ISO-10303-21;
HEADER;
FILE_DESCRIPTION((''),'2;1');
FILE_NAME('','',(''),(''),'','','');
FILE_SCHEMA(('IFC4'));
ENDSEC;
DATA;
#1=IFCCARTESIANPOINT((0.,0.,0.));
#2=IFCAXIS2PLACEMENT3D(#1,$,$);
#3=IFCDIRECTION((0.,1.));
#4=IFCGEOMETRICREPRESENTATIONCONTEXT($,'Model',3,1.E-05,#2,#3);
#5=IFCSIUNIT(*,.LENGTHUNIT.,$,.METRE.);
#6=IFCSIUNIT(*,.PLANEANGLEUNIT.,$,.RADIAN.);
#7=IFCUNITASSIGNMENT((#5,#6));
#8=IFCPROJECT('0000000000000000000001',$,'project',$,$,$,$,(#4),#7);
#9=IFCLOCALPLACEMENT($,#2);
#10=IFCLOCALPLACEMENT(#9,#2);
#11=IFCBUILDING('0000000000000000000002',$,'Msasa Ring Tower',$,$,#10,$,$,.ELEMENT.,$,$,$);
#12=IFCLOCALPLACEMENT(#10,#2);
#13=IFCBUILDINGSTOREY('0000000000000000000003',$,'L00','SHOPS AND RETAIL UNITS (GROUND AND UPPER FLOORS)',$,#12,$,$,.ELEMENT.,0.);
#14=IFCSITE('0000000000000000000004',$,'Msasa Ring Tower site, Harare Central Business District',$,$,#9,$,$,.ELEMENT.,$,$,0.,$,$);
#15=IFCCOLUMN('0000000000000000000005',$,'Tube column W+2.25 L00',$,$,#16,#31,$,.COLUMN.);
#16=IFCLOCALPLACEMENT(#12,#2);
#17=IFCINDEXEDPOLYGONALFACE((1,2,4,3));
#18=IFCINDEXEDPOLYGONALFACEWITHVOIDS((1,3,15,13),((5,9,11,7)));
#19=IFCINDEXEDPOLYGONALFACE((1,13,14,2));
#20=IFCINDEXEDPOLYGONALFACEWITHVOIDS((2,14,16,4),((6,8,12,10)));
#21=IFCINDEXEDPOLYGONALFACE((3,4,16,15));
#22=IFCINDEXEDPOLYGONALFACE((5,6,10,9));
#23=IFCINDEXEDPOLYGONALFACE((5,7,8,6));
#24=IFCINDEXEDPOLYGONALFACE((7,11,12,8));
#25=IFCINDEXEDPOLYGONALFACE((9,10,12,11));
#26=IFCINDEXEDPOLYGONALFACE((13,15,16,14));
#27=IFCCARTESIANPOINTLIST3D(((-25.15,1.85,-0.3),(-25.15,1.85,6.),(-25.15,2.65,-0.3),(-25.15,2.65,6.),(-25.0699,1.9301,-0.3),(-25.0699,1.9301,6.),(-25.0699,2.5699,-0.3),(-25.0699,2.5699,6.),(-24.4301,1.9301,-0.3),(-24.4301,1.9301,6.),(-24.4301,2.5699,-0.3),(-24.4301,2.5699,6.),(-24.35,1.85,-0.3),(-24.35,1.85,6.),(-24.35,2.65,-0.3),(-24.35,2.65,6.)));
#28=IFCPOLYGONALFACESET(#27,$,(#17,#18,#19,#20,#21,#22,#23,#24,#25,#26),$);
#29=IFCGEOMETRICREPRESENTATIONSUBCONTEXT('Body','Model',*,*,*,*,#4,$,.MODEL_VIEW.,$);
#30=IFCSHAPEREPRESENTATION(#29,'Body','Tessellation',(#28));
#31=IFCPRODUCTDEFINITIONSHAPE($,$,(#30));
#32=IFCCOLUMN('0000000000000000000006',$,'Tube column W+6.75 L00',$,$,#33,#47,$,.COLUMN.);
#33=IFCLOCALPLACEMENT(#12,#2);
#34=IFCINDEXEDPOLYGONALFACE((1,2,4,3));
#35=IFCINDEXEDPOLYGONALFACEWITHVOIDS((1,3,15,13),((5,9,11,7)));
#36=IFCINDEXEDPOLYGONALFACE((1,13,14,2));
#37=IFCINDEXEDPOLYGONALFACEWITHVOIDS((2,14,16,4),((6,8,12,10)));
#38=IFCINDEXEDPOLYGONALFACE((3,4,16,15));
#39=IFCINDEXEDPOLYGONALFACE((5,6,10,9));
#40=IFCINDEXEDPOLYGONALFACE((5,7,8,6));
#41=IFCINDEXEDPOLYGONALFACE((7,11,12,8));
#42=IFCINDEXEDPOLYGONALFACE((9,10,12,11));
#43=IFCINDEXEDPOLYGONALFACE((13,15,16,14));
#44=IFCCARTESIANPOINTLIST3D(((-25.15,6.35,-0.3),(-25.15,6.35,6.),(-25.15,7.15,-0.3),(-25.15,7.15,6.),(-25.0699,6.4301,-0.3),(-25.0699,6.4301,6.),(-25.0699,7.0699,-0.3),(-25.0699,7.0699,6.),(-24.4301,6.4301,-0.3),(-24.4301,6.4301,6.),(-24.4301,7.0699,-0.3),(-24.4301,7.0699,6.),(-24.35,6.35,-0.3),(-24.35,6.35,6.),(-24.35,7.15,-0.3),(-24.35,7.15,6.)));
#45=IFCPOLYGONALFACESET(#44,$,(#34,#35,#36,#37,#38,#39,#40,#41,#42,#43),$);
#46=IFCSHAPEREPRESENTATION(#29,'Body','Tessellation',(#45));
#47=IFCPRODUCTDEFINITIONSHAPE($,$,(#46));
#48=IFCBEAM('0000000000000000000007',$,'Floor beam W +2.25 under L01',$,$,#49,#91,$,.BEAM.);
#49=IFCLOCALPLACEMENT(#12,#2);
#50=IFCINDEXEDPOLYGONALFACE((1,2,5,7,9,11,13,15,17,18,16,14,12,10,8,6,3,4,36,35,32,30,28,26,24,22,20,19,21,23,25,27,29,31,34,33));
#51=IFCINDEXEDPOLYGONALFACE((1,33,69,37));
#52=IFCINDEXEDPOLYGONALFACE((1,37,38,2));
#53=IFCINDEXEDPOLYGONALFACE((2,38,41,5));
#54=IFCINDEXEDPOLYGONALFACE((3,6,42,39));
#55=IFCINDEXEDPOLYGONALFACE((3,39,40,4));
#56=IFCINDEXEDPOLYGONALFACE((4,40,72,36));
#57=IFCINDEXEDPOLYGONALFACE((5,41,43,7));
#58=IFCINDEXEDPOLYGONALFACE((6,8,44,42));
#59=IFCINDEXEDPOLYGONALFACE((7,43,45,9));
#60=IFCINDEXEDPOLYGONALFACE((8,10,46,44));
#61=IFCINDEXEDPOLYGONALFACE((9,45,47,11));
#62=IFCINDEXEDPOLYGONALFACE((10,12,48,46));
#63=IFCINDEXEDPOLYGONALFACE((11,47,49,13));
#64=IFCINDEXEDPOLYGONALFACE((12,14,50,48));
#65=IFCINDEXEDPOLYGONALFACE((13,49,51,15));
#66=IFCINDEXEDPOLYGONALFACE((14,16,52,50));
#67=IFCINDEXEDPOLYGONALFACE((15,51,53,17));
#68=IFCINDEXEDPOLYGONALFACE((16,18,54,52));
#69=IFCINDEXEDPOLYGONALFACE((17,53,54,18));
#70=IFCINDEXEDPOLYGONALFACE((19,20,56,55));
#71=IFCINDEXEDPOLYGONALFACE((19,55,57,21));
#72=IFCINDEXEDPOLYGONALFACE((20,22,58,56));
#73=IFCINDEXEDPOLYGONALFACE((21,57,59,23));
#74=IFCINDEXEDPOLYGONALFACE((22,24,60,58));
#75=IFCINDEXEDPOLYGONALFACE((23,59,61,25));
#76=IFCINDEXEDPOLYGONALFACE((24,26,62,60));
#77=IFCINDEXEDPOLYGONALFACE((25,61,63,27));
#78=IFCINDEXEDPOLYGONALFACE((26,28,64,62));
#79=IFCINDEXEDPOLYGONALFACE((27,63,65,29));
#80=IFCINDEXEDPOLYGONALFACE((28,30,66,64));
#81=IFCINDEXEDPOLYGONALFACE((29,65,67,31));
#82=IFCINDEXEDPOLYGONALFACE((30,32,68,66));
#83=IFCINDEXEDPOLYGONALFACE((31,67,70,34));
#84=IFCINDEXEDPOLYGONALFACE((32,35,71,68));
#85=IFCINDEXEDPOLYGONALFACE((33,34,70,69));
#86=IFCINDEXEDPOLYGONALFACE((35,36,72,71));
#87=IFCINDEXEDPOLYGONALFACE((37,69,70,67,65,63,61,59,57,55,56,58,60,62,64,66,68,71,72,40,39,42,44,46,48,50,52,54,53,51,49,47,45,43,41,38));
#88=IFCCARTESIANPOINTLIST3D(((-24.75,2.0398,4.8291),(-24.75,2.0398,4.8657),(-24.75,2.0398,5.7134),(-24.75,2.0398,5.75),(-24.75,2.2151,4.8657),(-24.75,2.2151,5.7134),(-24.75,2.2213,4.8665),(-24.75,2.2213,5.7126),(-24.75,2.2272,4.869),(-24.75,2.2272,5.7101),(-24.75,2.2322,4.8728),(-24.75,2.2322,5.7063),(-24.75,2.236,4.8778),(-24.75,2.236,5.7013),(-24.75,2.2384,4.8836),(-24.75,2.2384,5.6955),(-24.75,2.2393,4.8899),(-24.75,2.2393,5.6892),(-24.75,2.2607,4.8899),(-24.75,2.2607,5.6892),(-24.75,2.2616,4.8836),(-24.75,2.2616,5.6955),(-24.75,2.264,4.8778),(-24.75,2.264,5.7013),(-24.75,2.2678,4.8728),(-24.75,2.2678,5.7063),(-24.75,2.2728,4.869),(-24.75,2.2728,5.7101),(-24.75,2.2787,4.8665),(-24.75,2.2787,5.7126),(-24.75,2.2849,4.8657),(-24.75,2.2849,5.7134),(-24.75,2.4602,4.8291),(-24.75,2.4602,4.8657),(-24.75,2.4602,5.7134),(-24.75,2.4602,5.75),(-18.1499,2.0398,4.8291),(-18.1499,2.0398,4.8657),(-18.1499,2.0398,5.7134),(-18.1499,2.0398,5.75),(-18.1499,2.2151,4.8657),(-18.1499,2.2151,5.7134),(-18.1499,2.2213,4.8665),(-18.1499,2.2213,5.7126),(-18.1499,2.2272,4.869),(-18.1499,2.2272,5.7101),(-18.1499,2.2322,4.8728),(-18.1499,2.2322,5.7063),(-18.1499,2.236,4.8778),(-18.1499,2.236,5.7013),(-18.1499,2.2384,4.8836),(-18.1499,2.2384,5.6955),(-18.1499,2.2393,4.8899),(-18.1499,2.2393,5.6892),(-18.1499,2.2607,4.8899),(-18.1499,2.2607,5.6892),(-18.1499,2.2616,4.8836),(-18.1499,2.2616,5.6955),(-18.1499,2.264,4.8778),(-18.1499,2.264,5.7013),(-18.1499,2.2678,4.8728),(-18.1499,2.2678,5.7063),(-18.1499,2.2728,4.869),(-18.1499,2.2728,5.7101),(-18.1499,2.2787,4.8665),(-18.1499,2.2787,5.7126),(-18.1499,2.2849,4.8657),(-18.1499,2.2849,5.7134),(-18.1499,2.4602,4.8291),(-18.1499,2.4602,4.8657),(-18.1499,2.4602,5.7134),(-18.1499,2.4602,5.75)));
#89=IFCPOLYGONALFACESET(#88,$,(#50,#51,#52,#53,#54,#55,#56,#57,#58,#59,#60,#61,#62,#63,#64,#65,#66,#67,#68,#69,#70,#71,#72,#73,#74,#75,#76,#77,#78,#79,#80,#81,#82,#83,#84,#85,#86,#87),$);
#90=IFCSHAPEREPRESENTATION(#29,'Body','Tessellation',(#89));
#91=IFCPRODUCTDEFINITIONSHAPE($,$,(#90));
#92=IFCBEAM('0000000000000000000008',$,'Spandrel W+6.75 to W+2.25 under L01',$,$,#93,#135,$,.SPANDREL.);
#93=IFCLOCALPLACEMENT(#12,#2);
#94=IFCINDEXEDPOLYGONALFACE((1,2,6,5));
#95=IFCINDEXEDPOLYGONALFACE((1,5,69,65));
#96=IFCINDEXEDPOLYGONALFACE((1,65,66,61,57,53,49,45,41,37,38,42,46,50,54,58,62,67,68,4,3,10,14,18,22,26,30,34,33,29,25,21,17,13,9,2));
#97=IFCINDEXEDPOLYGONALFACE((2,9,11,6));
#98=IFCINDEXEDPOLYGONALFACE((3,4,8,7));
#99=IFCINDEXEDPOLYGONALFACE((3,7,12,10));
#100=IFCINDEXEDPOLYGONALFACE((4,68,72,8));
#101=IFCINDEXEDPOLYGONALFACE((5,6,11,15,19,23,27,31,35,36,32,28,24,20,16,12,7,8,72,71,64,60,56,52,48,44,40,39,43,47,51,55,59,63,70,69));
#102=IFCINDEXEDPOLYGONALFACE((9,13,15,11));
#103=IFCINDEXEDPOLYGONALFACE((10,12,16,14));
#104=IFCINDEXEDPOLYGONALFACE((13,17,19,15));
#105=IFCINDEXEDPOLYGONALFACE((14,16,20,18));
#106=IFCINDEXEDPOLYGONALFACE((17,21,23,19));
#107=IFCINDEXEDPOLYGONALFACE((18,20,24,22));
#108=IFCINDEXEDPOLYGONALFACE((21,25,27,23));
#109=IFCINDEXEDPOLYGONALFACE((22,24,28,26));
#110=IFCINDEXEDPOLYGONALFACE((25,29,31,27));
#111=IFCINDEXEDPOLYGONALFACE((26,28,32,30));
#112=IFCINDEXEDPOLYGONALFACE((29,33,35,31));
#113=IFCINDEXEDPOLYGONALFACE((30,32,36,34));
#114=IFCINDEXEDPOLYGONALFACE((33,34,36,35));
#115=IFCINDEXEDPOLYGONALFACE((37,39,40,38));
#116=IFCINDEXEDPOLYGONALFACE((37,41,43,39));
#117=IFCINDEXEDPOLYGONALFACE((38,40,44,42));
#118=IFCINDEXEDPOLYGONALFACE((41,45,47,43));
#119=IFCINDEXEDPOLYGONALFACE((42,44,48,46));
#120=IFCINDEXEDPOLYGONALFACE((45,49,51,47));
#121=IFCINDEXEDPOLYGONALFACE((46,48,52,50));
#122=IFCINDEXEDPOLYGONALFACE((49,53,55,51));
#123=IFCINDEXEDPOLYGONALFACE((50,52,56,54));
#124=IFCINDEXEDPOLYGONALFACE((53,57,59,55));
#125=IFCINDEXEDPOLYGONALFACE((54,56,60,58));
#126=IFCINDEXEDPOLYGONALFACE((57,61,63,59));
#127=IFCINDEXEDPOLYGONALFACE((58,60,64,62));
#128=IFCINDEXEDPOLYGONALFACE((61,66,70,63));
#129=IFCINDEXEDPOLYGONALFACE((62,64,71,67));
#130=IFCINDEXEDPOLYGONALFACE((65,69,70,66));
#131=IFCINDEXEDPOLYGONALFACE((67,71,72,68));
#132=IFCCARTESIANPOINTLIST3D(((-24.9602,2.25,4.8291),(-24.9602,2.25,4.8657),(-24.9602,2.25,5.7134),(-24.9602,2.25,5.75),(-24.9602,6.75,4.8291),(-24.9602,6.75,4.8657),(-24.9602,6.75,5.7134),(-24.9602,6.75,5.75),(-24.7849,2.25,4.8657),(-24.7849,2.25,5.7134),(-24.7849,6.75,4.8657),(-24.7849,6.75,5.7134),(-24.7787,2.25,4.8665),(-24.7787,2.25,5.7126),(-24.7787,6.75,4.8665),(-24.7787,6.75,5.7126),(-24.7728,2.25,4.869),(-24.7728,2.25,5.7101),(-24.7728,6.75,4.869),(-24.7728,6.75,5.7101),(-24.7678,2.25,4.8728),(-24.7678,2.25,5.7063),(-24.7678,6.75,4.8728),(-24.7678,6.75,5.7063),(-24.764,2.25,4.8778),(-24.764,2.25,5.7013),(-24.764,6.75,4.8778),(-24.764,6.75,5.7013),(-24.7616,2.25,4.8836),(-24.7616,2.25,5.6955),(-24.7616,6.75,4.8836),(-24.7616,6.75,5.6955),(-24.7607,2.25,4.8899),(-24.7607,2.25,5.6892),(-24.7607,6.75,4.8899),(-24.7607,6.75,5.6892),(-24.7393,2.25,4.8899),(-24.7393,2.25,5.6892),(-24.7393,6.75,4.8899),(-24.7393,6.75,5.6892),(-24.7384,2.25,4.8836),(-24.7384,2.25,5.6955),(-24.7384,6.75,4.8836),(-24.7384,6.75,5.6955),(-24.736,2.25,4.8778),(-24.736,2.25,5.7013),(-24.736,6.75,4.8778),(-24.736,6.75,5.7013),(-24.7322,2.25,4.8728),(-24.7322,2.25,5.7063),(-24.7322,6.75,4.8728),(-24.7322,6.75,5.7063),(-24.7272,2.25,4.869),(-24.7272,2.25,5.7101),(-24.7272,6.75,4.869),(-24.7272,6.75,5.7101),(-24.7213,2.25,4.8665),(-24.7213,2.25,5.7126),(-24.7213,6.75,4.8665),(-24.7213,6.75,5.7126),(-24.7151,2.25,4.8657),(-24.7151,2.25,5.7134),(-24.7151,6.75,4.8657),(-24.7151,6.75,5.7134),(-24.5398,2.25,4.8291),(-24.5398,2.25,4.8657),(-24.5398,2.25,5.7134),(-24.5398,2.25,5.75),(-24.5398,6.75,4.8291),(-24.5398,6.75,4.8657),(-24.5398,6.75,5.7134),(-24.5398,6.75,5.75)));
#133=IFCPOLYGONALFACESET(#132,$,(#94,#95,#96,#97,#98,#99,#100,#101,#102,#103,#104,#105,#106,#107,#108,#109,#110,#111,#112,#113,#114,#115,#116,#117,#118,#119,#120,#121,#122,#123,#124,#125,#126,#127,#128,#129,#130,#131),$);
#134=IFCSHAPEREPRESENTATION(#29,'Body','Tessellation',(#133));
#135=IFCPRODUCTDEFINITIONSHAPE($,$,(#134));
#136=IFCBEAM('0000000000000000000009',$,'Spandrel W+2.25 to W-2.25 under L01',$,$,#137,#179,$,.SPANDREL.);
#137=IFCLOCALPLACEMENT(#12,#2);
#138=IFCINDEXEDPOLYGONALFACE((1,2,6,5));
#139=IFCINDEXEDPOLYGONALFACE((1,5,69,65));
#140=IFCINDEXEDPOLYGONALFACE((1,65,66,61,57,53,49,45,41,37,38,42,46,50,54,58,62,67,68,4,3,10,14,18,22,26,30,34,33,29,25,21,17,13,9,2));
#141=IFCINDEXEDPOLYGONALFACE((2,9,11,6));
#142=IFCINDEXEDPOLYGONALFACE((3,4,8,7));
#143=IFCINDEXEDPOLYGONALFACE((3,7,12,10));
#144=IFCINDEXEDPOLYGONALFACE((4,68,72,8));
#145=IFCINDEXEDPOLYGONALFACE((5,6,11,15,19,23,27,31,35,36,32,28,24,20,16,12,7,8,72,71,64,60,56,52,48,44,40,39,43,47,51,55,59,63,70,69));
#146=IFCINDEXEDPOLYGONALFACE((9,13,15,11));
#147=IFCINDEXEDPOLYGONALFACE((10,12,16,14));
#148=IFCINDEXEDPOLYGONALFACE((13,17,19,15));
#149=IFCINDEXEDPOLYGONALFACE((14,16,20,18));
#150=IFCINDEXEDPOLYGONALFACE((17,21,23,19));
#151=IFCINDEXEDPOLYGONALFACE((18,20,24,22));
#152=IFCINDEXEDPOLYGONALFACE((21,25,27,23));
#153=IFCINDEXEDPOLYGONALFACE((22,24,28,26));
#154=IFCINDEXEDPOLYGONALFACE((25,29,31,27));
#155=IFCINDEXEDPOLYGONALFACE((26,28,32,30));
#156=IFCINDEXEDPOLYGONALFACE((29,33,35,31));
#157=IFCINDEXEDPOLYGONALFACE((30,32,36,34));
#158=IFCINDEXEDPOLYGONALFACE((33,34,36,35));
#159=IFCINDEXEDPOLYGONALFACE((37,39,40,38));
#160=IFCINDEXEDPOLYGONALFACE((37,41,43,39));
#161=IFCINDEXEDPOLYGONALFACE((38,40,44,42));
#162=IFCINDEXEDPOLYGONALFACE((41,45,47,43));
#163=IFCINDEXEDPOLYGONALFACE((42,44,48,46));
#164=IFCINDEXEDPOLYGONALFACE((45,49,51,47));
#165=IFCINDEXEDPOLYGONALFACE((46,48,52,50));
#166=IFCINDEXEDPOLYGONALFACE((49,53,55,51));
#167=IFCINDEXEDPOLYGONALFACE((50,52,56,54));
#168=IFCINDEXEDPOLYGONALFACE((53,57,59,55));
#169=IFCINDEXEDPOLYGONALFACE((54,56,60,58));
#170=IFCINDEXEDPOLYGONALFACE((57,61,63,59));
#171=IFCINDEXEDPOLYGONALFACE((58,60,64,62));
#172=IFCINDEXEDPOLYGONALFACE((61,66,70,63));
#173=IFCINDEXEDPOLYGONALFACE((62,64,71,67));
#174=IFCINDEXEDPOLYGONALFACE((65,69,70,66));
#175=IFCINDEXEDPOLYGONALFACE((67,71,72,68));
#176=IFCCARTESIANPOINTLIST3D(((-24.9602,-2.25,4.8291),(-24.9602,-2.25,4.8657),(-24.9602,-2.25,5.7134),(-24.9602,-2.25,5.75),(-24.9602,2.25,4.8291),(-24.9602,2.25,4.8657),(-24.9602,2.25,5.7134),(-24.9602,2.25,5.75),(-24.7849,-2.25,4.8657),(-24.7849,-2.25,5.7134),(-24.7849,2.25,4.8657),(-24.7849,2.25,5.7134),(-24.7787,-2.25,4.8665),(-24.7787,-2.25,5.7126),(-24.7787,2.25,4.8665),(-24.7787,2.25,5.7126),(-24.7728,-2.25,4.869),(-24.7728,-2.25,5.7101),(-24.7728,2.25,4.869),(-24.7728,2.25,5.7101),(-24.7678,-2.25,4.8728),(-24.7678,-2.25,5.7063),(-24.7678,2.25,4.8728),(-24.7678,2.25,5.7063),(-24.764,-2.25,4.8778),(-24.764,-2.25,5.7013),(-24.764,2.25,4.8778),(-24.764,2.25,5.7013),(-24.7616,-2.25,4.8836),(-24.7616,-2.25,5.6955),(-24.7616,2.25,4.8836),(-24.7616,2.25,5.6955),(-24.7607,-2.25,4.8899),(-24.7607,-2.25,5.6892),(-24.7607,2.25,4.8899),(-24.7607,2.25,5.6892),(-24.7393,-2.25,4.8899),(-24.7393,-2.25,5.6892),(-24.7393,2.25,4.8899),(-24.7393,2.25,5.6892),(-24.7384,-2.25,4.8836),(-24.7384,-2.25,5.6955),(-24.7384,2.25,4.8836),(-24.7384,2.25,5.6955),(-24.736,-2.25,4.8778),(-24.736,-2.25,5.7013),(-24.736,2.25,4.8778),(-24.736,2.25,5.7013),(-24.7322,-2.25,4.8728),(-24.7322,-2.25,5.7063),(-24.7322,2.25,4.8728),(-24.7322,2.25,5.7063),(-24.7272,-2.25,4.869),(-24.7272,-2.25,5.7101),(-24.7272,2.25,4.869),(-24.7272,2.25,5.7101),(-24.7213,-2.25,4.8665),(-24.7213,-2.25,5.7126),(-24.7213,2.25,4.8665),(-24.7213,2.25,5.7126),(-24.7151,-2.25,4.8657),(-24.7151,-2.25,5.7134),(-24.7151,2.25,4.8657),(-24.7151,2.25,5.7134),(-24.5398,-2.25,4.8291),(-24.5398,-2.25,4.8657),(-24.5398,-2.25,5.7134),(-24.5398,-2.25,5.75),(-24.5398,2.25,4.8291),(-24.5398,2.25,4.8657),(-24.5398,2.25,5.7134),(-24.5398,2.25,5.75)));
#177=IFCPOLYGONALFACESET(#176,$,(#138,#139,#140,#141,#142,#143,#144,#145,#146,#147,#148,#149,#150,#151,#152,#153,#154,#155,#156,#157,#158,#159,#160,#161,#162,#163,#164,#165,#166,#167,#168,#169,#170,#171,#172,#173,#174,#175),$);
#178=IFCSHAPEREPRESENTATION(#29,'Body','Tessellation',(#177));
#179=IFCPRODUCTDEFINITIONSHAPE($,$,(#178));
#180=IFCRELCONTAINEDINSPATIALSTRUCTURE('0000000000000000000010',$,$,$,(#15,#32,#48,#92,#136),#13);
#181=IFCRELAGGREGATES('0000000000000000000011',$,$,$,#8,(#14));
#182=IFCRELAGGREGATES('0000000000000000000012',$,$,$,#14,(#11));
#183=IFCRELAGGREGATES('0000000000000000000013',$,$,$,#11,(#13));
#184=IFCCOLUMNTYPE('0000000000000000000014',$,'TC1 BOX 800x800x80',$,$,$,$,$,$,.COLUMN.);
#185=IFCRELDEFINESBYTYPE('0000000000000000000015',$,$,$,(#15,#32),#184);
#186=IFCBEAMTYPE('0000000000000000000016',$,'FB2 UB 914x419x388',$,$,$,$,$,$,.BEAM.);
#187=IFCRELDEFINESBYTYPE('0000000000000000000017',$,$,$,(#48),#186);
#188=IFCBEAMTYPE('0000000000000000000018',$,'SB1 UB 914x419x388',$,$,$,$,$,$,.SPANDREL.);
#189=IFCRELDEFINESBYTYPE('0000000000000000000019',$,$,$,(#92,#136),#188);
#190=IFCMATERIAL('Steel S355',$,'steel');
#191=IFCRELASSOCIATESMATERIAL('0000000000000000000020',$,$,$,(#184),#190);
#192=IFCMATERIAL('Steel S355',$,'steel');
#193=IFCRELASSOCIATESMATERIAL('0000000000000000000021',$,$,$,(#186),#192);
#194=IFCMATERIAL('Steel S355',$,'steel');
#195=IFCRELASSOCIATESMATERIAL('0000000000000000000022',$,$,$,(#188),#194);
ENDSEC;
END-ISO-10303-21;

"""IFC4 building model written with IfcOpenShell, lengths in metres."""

from ifc_helpers import new_model, si_unit, direction, frame, origin, origin_2d, place, context, subcontext, project, spatial, hollow_rectangle, i_section, extrude, material, material_profile, profile_set, type_object, element, save


model = new_model("IFC4")

# Units and contexts
model_context = context("Model", 3, precision=1e-05, world=origin(), true_north=direction((0.0, 1.0)))
body_context = subcontext(model_context, "Body", "Model", "MODEL_VIEW")
ifc_project = project(units=[si_unit("LENGTHUNIT", "METRE"), si_unit("PLANEANGLEUNIT", "RADIAN")], contexts=[model_context])

# Site, building, storey
site_placement = place(None, origin())
site = spatial("IfcSite", under=ifc_project, at=site_placement, Name="Msasa Ring Tower site, Harare Central Business District", CompositionType="ELEMENT", RefElevation=0.0)
building_placement = place(site_placement, origin())
building = spatial("IfcBuilding", under=site, at=building_placement, Name="Msasa Ring Tower", CompositionType="ELEMENT")
storey_placement = place(building_placement, origin())
storey = spatial("IfcBuildingStorey", under=building, at=storey_placement, Name="L00", Description="SHOPS AND RETAIL UNITS (GROUND AND UPPER FLOORS)", CompositionType="ELEMENT", Elevation=0.0)

# Columns
ifc_material_1 = material(Name="Steel S355", Category="steel")
ifc_material_profile_1 = material_profile(ifc_material_1, hollow_rectangle(XDim=0.8, YDim=0.8, WallThickness=0.0801, at=origin_2d()), Name="BOX 800x800x80")
ifc_profile_set_1 = profile_set([ifc_material_profile_1], Name="Steel S355")
column_type = type_object("IfcColumnType", Name="TC1 BOX 800x800x80", PredefinedType="COLUMN", material=ifc_profile_set_1)
for number, where, z_axis, x_axis, name in (
    (1, (-24.75, 2.25, -0.3), (0.0, 0.0, 1.0), (1.0, 0.0, 0.0), "Tube column W+2.25 L00"),
    (2, (-24.75, 6.75, -0.3), (0.0, 0.0, 1.0), (1.0, 0.0, 0.0), "Tube column W+6.75 L00"),
):
    element("IfcColumn", number, at=place(storey_placement, frame(where, z_axis=z_axis, x_axis=x_axis)), inside=storey, type_object=column_type, Name=name, PredefinedType="COLUMN", context=body_context, shape_type="SweptSolid", body=[
        extrude(hollow_rectangle(XDim=0.8, YDim=0.8, WallThickness=0.0801, at=origin_2d()), origin(), (0.0, 0.0, 1.0), 6.3),
    ])

# Beams
ifc_material_2 = material(Name="Steel S355", Category="steel")
ifc_material_profile_2 = material_profile(ifc_material_2, i_section(OverallWidth=0.4204, OverallDepth=0.9209, WebThickness=0.0215, FlangeThickness=0.0366, FilletRadius=0.0242, at=origin_2d()), Name="UB 914x419x388")
ifc_profile_set_2 = profile_set([ifc_material_profile_2], Name="Steel S355")
beam_type_1 = type_object("IfcBeamType", Name="FB2 UB 914x419x388", PredefinedType="BEAM", material=ifc_profile_set_2)
beam_placement = place(storey_placement, frame((-24.75, 2.25, 5.2896), z_axis=(1.0, 0.0, 0.0), x_axis=(0.0, 1.0, 0.0)))
element("IfcBeam", 3, at=beam_placement, inside=storey, type_object=beam_type_1, Name="Floor beam W +2.25 under L01", PredefinedType="BEAM", context=body_context, shape_type="SweptSolid", body=[
    extrude(i_section(OverallWidth=0.4204, OverallDepth=0.9209, WebThickness=0.0215, FlangeThickness=0.0366, FilletRadius=0.0242, at=origin_2d()), origin(), (0.0, 0.0, 1.0), 6.6001),
])
ifc_material_3 = material(Name="Steel S355", Category="steel")
ifc_material_profile_3 = material_profile(ifc_material_3, i_section(OverallWidth=0.4204, OverallDepth=0.9209, WebThickness=0.0215, FlangeThickness=0.0366, FilletRadius=0.0242, at=origin_2d()), Name="UB 914x419x388")
ifc_profile_set_3 = profile_set([ifc_material_profile_3], Name="Steel S355")
beam_type_2 = type_object("IfcBeamType", Name="SB1 UB 914x419x388", PredefinedType="SPANDREL", material=ifc_profile_set_3)
for number, where, z_axis, x_axis, name in (
    (4, (-24.75, 6.75, 5.2896), (0.0, -1.0, 0.0), (1.0, 0.0, 0.0), "Spandrel W+6.75 to W+2.25 under L01"),
    (5, (-24.75, 2.25, 5.2896), (0.0, -1.0, 0.0), (1.0, 0.0, 0.0), "Spandrel W+2.25 to W-2.25 under L01"),
):
    element("IfcBeam", number, at=place(storey_placement, frame(where, z_axis=z_axis, x_axis=x_axis)), inside=storey, type_object=beam_type_2, Name=name, PredefinedType="SPANDREL", context=body_context, shape_type="SweptSolid", body=[
        extrude(i_section(OverallWidth=0.4204, OverallDepth=0.9209, WebThickness=0.0215, FlangeThickness=0.0366, FilletRadius=0.0242, at=origin_2d()), origin(), (0.0, 0.0, 1.0), 4.5),
    ])

save(model, "model.ifc")
